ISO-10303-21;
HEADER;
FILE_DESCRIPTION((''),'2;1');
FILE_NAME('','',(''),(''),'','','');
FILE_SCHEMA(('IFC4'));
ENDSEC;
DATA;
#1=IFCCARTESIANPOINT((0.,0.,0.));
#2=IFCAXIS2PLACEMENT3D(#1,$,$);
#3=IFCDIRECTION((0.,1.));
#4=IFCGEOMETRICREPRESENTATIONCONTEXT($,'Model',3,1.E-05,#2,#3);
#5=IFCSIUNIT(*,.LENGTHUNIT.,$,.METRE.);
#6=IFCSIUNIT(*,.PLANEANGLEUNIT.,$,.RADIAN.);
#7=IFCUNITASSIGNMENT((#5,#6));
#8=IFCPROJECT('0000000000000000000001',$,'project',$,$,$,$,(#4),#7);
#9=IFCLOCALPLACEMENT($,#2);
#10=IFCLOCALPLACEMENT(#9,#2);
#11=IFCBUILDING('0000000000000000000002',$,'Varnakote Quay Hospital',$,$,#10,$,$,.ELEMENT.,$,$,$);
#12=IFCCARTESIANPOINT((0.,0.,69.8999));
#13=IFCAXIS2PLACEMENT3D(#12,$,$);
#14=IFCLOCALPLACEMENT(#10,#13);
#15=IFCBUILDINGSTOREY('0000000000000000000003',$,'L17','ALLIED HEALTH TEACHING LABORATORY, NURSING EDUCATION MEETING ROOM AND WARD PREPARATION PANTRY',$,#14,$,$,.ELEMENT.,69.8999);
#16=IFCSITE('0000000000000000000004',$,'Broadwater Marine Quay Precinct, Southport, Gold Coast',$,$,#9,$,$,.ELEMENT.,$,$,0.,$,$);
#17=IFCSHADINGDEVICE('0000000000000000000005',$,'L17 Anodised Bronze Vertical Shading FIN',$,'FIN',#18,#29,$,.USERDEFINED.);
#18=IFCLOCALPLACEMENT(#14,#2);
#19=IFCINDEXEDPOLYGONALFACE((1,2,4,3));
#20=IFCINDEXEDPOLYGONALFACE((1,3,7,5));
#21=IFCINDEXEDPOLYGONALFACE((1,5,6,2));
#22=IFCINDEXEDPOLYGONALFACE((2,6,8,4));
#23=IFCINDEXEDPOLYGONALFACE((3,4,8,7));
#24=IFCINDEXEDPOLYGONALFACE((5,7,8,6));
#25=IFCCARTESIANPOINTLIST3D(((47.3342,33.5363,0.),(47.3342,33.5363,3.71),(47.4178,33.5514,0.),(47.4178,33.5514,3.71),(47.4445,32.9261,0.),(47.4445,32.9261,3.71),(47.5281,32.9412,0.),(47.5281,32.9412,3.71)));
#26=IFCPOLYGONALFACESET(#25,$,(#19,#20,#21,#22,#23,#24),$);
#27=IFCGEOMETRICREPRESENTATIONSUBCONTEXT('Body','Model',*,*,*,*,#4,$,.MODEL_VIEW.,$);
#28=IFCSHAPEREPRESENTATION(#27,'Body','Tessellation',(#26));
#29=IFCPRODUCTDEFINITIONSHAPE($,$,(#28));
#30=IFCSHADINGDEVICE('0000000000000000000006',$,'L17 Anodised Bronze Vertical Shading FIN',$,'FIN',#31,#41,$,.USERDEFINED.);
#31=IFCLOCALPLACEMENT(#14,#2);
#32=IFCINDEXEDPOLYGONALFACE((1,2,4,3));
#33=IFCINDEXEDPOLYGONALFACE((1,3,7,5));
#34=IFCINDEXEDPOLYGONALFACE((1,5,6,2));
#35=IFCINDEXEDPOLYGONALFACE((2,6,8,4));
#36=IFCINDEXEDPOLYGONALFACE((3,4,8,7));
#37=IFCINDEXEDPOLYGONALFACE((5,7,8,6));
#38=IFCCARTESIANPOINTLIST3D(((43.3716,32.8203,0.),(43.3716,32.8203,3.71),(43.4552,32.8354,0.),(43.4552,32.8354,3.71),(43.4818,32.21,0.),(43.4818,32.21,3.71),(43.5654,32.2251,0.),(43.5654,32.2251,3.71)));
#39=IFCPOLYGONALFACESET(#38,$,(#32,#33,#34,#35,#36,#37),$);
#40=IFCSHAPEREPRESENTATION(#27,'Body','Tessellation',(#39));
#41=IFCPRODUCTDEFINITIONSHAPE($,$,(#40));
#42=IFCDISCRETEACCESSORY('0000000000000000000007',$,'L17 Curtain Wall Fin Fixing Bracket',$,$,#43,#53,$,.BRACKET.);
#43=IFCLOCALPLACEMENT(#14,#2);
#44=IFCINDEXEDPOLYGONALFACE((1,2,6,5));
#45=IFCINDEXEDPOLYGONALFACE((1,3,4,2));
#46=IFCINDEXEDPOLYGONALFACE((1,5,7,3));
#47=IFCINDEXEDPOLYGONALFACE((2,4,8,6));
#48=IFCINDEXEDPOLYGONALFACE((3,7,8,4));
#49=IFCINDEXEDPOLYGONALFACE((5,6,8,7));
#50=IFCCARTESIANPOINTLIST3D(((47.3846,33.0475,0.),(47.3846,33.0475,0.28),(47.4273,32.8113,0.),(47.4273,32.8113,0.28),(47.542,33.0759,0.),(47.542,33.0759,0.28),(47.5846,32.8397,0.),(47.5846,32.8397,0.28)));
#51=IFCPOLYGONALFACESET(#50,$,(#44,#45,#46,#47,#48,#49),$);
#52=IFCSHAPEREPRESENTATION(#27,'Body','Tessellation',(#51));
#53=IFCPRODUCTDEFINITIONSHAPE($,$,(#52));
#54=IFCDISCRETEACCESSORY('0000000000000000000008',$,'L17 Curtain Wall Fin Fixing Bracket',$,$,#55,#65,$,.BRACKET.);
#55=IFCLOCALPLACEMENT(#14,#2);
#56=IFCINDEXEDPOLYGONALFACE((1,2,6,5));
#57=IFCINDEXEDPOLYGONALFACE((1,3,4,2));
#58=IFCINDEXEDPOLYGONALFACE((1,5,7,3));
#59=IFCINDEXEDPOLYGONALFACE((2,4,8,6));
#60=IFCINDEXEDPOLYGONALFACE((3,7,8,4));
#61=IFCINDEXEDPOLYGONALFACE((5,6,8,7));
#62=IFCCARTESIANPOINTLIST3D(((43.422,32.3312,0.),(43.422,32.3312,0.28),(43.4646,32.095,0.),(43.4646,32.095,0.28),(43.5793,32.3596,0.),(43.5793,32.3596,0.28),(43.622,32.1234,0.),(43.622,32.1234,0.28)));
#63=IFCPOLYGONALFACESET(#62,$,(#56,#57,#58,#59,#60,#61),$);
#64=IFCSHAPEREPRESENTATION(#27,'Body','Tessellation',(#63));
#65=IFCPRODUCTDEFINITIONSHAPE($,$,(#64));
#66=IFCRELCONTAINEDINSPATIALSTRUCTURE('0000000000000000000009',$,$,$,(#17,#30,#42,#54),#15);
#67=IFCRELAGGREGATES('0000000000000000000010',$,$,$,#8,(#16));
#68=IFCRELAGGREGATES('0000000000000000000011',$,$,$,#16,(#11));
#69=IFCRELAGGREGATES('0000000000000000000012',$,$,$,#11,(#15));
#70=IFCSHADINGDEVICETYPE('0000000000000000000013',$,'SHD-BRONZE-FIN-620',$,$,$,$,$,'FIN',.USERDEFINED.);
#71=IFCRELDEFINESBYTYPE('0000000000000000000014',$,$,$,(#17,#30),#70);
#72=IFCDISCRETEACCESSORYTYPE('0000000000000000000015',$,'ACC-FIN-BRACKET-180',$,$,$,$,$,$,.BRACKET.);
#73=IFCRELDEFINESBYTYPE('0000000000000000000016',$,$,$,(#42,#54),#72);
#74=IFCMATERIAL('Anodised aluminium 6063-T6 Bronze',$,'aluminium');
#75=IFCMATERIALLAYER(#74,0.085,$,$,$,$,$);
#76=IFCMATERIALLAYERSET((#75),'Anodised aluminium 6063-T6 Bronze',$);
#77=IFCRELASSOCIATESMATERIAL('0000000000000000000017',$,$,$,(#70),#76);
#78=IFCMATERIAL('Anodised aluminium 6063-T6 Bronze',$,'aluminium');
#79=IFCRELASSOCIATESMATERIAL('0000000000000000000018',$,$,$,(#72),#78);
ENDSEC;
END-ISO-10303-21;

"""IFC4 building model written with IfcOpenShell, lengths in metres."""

from ifc_helpers import new_model, si_unit, direction, frame, origin, origin_2d, place, context, subcontext, project, spatial, rectangle, extrude, material, layer, layer_set, type_object, element, save


model = new_model("IFC4")

# Units and contexts
model_context = context("Model", 3, precision=1e-05, world=origin(), true_north=direction((0.0, 1.0)))
body_context = subcontext(model_context, "Body", "Model", "MODEL_VIEW")
ifc_project = project(units=[si_unit("LENGTHUNIT", "METRE"), si_unit("PLANEANGLEUNIT", "RADIAN")], contexts=[model_context])

# Site, building, storey
site_placement = place(None, origin())
site = spatial("IfcSite", under=ifc_project, at=site_placement, Name="Broadwater Marine Quay Precinct, Southport, Gold Coast", CompositionType="ELEMENT", RefElevation=0.0)
building_placement = place(site_placement, origin())
building = spatial("IfcBuilding", under=site, at=building_placement, Name="Varnakote Quay Hospital", CompositionType="ELEMENT")
storey_placement = place(building_placement, frame((0.0, 0.0, 69.8999)))
storey = spatial("IfcBuildingStorey", under=building, at=storey_placement, Name="L17", Description="ALLIED HEALTH TEACHING LABORATORY, NURSING EDUCATION MEETING ROOM AND WARD PREPARATION PANTRY", CompositionType="ELEMENT", Elevation=69.8999)

# Shading devices
ifc_material_1 = material(Name="Anodised aluminium 6063-T6 Bronze", Category="aluminium")
ifc_layer_1 = layer(ifc_material_1, 0.085)
ifc_layer_set_1 = layer_set([ifc_layer_1], Name="Anodised aluminium 6063-T6 Bronze")
shading_device_type = type_object("IfcShadingDeviceType", Name="SHD-BRONZE-FIN-620", ElementType="FIN", PredefinedType="USERDEFINED", material=ifc_layer_set_1)
for number, where, z_axis, x_axis, name in (
    (1, (47.4312, 33.2388, 0.0), (0.0, 0.0, 1.0), (0.177772, -0.984072, 0.0), "L17 Anodised Bronze Vertical Shading FIN"),
    (2, (43.4685, 32.5227, 0.0), (0.0, 0.0, 1.0), (0.177772, -0.984072, 0.0), "L17 Anodised Bronze Vertical Shading FIN"),
):
    element("IfcShadingDevice", number, at=place(storey_placement, frame(where, z_axis=z_axis, x_axis=x_axis)), inside=storey, type_object=shading_device_type, Name=name, ObjectType="FIN", PredefinedType="USERDEFINED", context=body_context, shape_type="SweptSolid", body=[
        extrude(rectangle(XDim=0.6201, YDim=0.085, at=origin_2d()), origin(), (0.0, 0.0, 1.0), 3.71),
    ])

# Discrete accessories
ifc_material_2 = material(Name="Anodised aluminium 6063-T6 Bronze", Category="aluminium")
discrete_accessory_type = type_object("IfcDiscreteAccessoryType", Name="ACC-FIN-BRACKET-180", PredefinedType="BRACKET", material=ifc_material_2)
for number, where, z_axis, x_axis, name in (
    (3, (47.4846, 32.9436, 0.0), (0.0, 0.0, 1.0), (-0.984072, -0.177772, 0.0), "L17 Curtain Wall Fin Fixing Bracket"),
    (4, (43.522, 32.2273, 0.0), (0.0, 0.0, 1.0), (-0.984072, -0.177772, 0.0), "L17 Curtain Wall Fin Fixing Bracket"),
):
    element("IfcDiscreteAccessory", number, at=place(storey_placement, frame(where, z_axis=z_axis, x_axis=x_axis)), inside=storey, type_object=discrete_accessory_type, Name=name, PredefinedType="BRACKET", context=body_context, shape_type="SweptSolid", body=[
        extrude(rectangle(XDim=0.1599, YDim=0.24, at=origin_2d()), origin(), (0.0, 0.0, 1.0), 0.28),
    ])

save(model, "model.ifc")
